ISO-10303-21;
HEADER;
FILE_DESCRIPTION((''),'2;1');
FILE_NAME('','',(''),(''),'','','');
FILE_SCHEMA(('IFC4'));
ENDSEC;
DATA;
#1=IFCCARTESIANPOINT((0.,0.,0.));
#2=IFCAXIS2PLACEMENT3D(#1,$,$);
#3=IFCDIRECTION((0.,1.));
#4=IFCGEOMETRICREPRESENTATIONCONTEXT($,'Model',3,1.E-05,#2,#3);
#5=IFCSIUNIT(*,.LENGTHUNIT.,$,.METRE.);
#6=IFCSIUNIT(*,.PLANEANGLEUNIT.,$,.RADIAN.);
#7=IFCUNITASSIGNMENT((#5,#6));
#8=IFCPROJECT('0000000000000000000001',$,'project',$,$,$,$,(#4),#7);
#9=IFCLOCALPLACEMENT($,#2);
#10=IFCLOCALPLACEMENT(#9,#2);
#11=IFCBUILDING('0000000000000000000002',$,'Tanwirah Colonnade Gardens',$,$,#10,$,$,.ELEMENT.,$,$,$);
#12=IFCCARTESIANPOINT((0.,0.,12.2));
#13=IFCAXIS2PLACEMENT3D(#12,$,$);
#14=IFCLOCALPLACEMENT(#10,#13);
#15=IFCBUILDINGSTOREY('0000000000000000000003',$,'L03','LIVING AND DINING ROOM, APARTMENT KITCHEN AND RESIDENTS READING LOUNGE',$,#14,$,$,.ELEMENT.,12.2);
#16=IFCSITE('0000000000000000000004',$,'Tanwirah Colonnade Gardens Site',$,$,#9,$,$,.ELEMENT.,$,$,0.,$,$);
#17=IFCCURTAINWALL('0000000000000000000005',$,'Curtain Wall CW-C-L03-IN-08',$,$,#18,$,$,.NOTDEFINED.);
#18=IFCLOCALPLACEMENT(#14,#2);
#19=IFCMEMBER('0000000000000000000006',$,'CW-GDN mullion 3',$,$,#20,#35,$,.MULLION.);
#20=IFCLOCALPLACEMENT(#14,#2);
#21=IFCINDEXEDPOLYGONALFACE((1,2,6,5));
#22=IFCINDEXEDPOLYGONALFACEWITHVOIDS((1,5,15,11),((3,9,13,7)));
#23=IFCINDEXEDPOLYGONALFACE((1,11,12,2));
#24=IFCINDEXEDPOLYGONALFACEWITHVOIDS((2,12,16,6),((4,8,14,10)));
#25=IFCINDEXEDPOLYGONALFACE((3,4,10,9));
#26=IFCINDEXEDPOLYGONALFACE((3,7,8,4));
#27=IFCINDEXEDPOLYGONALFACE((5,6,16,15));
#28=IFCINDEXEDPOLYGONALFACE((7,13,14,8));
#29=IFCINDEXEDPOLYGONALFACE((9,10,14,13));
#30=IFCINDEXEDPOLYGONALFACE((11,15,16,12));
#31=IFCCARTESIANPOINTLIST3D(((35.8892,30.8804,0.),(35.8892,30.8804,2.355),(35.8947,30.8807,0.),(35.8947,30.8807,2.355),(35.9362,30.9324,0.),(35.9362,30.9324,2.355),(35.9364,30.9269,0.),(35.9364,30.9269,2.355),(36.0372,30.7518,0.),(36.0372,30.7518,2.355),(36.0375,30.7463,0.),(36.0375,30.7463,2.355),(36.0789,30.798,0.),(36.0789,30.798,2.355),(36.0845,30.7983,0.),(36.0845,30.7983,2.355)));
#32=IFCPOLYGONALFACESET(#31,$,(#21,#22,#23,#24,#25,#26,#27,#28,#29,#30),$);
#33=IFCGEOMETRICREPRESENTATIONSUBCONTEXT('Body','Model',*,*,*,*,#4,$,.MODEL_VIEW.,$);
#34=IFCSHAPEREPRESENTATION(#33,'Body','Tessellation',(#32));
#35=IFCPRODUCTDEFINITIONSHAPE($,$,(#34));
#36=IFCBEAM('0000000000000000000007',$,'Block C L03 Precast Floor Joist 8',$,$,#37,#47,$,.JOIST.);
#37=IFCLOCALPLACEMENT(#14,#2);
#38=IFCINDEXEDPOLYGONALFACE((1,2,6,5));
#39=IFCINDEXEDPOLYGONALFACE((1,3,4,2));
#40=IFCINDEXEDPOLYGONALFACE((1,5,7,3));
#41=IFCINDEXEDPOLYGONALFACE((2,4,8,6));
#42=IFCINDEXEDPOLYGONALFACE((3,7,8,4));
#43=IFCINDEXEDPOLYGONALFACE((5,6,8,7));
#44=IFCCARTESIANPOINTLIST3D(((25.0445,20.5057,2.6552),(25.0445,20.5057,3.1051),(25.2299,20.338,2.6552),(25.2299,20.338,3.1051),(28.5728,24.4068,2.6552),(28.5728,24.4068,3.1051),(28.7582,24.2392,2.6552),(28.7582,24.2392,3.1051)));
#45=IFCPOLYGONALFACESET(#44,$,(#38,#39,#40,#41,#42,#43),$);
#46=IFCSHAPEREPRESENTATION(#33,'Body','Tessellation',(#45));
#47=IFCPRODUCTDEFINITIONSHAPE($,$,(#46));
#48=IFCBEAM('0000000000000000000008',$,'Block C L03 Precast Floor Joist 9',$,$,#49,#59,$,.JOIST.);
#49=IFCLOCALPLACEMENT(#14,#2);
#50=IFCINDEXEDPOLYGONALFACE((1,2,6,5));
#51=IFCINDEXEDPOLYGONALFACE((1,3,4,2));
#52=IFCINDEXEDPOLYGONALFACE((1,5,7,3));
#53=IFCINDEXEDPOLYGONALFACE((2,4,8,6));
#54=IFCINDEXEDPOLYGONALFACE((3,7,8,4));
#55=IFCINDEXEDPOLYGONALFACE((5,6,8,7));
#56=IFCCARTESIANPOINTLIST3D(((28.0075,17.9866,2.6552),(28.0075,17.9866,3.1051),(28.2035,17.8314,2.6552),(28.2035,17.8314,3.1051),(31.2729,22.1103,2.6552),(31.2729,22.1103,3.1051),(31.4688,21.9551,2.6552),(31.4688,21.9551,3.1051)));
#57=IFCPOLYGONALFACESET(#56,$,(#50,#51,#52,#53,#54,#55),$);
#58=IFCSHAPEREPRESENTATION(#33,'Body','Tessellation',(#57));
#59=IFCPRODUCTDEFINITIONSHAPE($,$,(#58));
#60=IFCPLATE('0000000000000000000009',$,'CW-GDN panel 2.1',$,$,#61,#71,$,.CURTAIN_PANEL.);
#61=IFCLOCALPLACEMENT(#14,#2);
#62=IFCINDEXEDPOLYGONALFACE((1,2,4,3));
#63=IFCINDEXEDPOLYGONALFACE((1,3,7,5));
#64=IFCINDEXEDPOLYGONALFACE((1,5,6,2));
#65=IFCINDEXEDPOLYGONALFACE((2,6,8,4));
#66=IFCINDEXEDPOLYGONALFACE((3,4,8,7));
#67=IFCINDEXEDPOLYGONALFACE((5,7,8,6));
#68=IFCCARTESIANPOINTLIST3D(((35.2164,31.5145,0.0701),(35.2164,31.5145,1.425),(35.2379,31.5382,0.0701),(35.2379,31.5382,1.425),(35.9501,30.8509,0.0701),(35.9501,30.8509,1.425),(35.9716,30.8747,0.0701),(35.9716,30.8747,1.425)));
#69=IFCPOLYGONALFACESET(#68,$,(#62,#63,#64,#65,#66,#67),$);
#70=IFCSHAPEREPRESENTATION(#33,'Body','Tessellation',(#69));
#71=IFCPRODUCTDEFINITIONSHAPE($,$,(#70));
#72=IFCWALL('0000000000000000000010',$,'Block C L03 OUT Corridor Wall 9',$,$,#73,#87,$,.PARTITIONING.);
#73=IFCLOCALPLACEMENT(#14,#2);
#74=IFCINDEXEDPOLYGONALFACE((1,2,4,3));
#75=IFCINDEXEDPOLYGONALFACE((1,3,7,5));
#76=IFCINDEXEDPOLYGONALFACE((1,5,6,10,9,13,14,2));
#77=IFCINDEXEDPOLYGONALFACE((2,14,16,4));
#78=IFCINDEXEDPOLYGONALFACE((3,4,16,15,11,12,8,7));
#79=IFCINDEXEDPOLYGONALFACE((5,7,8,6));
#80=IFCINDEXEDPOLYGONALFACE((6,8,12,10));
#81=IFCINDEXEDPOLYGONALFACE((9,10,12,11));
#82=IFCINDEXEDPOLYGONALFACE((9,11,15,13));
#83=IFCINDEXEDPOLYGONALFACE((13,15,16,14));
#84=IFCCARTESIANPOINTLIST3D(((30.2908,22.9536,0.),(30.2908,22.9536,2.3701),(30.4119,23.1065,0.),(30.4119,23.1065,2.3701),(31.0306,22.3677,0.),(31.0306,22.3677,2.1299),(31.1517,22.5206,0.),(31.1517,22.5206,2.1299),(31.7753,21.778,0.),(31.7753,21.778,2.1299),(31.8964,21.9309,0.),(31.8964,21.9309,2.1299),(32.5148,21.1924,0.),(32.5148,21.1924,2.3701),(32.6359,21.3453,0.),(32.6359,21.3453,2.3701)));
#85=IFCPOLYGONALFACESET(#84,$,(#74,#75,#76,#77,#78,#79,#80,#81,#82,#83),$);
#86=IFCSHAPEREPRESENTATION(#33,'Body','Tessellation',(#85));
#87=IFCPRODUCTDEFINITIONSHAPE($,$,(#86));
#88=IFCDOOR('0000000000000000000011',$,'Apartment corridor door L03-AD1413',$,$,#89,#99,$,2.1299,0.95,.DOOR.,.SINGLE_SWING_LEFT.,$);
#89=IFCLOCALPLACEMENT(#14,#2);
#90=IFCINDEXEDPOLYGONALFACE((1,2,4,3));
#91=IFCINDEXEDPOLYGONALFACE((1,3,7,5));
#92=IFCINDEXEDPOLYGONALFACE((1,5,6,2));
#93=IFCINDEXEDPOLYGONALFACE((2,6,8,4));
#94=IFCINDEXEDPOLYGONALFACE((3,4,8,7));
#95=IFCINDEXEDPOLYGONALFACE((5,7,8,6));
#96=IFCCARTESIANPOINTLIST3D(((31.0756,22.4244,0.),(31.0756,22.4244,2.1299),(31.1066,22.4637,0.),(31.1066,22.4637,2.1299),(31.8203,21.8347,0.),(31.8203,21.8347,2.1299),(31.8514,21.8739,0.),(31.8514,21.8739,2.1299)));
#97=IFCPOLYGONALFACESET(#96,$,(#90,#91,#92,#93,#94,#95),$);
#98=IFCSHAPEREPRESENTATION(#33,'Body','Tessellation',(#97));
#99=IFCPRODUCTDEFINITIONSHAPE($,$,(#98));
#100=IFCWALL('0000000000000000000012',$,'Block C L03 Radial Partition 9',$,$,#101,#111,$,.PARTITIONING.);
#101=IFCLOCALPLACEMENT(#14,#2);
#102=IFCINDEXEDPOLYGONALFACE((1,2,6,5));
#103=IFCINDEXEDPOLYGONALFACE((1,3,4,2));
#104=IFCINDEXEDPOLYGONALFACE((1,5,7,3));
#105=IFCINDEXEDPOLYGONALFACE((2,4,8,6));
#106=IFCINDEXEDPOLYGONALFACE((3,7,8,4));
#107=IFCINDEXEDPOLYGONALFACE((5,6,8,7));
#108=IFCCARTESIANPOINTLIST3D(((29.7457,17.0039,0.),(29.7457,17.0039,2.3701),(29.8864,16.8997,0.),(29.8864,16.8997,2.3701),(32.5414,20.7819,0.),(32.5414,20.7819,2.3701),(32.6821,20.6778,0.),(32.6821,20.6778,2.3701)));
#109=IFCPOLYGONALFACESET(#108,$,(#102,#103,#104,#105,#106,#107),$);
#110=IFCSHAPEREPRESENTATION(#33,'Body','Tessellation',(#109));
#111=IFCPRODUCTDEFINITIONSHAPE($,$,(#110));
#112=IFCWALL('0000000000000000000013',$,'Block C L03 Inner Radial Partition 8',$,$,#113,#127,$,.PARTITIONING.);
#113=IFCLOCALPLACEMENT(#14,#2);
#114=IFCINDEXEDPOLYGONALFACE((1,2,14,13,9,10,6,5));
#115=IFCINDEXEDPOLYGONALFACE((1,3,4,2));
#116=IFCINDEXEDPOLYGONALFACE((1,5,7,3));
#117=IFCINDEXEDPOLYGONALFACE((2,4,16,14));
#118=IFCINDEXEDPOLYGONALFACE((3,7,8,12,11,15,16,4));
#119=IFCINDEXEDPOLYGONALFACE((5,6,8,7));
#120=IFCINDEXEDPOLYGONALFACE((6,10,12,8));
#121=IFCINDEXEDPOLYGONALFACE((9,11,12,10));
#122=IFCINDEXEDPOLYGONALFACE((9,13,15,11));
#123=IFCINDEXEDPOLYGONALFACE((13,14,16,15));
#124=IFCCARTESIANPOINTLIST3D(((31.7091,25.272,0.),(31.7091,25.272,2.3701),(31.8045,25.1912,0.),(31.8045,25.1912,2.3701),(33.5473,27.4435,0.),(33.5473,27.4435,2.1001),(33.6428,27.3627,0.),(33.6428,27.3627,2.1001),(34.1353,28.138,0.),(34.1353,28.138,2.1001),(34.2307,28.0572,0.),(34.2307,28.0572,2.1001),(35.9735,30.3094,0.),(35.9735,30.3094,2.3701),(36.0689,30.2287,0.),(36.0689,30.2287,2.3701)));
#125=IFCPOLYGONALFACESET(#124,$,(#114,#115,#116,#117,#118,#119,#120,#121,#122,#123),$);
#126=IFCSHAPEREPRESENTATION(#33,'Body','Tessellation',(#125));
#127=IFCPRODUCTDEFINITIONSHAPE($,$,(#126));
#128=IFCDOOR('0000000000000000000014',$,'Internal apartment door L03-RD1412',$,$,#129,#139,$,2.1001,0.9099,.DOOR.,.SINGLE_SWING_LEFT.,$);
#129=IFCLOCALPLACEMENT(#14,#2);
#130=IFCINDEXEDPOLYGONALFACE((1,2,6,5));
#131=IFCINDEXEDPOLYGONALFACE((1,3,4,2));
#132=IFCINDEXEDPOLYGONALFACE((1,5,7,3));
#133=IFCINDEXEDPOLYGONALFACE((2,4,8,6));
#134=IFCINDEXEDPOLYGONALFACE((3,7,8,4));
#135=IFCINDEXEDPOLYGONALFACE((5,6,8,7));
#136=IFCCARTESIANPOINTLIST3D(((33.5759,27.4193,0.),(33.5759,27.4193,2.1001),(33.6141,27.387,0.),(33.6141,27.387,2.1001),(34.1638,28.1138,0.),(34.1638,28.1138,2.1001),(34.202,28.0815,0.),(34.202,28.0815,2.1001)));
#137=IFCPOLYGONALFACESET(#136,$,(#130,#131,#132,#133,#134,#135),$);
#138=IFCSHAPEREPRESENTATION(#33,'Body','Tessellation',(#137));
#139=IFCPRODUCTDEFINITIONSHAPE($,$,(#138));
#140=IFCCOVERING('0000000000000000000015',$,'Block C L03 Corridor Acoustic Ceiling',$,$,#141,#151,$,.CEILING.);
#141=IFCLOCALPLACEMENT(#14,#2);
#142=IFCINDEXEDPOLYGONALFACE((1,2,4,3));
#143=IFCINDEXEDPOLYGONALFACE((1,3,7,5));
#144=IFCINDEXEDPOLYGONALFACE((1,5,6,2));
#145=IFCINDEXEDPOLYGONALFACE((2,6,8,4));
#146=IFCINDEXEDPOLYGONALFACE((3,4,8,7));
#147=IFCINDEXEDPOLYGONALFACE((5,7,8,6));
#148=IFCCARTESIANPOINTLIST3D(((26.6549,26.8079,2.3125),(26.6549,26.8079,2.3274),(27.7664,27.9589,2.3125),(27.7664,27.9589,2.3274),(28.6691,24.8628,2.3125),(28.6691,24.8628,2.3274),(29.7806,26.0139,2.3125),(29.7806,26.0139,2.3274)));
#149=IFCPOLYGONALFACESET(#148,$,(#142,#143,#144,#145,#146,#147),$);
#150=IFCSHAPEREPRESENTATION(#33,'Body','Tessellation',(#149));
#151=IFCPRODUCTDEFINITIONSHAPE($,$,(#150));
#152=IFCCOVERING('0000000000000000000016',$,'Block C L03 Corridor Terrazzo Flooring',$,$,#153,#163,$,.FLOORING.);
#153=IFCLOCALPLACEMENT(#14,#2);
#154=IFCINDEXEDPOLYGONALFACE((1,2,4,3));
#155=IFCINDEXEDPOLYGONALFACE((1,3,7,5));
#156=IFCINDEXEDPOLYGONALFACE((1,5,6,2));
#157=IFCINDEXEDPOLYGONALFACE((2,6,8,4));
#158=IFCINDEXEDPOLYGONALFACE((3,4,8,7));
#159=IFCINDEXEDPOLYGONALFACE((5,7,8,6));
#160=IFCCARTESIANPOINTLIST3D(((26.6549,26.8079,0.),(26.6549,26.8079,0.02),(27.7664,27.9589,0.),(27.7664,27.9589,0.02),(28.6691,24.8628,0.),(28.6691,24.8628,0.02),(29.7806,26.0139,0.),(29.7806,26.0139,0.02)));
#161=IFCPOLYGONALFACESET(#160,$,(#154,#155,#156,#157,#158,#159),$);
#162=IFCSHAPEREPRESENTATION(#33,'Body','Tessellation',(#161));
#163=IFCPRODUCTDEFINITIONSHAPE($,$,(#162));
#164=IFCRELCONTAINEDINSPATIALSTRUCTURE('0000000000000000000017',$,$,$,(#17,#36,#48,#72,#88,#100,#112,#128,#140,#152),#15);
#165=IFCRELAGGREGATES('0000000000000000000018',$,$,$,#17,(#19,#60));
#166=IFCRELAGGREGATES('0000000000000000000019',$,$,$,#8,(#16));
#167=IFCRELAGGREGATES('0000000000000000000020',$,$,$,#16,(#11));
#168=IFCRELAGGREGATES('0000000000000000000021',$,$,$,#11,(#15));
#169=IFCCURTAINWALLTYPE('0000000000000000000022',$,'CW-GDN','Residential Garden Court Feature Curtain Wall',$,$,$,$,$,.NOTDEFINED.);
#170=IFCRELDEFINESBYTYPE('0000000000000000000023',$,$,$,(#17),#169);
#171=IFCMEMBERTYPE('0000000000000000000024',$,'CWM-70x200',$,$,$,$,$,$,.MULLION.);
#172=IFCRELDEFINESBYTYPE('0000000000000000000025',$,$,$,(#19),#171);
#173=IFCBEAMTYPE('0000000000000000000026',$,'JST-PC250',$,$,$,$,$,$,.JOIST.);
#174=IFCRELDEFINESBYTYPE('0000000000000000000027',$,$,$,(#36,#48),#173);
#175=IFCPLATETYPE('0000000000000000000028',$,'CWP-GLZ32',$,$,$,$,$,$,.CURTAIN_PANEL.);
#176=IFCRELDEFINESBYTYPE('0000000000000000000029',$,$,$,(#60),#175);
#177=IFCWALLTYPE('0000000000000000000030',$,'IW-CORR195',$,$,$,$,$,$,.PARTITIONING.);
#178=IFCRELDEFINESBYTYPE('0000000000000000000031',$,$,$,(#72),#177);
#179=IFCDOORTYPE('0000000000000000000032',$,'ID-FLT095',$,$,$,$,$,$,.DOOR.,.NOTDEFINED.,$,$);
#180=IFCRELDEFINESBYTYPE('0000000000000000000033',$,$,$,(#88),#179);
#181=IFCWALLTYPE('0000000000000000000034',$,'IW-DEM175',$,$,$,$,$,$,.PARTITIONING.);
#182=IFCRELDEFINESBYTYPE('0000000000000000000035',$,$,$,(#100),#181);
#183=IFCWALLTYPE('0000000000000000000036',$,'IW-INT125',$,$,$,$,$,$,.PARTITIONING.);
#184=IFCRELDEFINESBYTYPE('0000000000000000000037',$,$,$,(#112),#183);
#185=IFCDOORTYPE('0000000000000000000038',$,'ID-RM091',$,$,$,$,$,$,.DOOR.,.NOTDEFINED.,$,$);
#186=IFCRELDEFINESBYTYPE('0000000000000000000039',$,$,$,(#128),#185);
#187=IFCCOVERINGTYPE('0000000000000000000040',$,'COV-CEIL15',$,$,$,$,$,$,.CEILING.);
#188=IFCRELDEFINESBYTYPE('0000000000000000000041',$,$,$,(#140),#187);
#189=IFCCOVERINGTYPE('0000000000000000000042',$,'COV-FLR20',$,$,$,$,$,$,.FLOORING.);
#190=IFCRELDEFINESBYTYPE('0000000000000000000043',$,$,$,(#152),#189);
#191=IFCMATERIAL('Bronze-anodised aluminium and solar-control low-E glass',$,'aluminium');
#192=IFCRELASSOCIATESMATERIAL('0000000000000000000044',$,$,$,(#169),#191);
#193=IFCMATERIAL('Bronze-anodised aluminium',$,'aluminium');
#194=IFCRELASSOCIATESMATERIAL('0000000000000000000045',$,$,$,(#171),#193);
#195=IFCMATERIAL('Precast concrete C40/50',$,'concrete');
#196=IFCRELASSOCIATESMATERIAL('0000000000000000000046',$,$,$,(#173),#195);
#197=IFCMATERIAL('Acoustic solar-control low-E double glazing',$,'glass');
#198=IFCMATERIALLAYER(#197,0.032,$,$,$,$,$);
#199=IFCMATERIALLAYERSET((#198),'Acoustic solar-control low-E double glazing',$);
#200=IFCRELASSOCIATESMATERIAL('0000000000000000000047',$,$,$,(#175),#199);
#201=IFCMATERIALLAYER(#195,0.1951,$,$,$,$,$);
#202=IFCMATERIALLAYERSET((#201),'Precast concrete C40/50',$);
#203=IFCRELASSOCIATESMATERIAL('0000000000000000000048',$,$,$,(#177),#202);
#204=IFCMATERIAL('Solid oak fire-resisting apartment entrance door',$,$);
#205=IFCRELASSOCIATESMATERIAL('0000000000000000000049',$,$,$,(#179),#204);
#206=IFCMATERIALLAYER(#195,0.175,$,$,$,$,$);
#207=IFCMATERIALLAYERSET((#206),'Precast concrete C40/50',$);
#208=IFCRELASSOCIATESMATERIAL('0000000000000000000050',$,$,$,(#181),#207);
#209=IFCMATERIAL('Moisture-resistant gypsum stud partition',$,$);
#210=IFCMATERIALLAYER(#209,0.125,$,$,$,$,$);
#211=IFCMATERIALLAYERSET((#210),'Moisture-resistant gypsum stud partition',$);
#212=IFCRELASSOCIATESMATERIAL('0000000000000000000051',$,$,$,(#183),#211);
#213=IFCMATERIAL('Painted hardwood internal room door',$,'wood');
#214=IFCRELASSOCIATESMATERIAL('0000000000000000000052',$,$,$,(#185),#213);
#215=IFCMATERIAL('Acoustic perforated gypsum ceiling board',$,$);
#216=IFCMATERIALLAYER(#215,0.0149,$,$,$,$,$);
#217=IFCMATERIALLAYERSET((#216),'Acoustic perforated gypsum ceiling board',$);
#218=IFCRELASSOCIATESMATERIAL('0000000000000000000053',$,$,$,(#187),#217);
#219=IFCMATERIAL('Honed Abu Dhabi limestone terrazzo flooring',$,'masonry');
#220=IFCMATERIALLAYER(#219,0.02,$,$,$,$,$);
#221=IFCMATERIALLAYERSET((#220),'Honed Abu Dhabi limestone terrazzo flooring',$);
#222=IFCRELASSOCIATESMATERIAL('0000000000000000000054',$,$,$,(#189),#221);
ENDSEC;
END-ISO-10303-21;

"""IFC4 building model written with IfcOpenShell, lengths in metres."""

from ifc_helpers import new_model, si_unit, direction, frame, frame_2d, origin, origin_2d, place, context, subcontext, project, spatial, rectangle, hollow_rectangle, extrude, material, layer, layer_set, material_profile, profile_set, type_object, element, fill, aggregate, save


model = new_model("IFC4")

# Units and contexts
model_context = context("Model", 3, precision=1e-05, world=origin(), true_north=direction((0.0, 1.0)))
body_context = subcontext(model_context, "Body", "Model", "MODEL_VIEW")
ifc_project = project(units=[si_unit("LENGTHUNIT", "METRE"), si_unit("PLANEANGLEUNIT", "RADIAN")], contexts=[model_context])

# Site, building, storey
site_placement = place(None, origin())
site = spatial("IfcSite", under=ifc_project, at=site_placement, Name="Tanwirah Colonnade Gardens Site", CompositionType="ELEMENT", RefElevation=0.0)
building_placement = place(site_placement, origin())
building = spatial("IfcBuilding", under=site, at=building_placement, Name="Tanwirah Colonnade Gardens", CompositionType="ELEMENT")
storey_placement = place(building_placement, frame((0.0, 0.0, 12.2)))
storey = spatial("IfcBuildingStorey", under=building, at=storey_placement, Name="L03", Description="LIVING AND DINING ROOM, APARTMENT KITCHEN AND RESIDENTS READING LOUNGE", CompositionType="ELEMENT", Elevation=12.2)

# Shared definitions
ifc_material_1 = material(Name="Precast concrete C40/50", Category="concrete")

# Curtain wall, member
ifc_material_2 = material(Name="Bronze-anodised aluminium and solar-control low-E glass", Category="aluminium")
curtain_wall_type = type_object("IfcCurtainWallType", Name="CW-GDN", Description="Residential Garden Court Feature Curtain Wall", PredefinedType="NOTDEFINED", material=ifc_material_2)
curtain_wall_placement = place(storey_placement, origin())
curtain_wall = element("IfcCurtainWall", 1, at=curtain_wall_placement, inside=storey, type_object=curtain_wall_type, Name="Curtain Wall CW-C-L03-IN-08", PredefinedType="NOTDEFINED")
ifc_material_3 = material(Name="Bronze-anodised aluminium", Category="aluminium")
ifc_material_profile_1 = material_profile(ifc_material_3, hollow_rectangle(XDim=0.0701, YDim=0.2, WallThickness=0.0039, at=origin_2d()), Name="CW-MUL 70x200x4")
ifc_profile_set_1 = profile_set([ifc_material_profile_1], Name="Bronze-anodised aluminium")
member_type = type_object("IfcMemberType", Name="CWM-70x200", PredefinedType="MULLION", material=ifc_profile_set_1)
member_placement = place(storey_placement, frame((35.9868, 30.8394, 0.0), z_axis=(0.0, 0.0, 1.0), x_axis=(0.670751, 0.741683, 0.0)))
member = element("IfcMember", 2, at=member_placement, type_object=member_type, Name="CW-GDN mullion 3", PredefinedType="MULLION", context=body_context, shape_type="SweptSolid", body=[
    extrude(hollow_rectangle(XDim=0.0701, YDim=0.2, WallThickness=0.0039, at=origin_2d()), origin(), (0.0, 0.0, 1.0), 2.355),
])

# Beams
ifc_material_profile_2 = material_profile(ifc_material_1, rectangle(XDim=0.25, YDim=0.45, at=origin_2d()), Name="PC-JST 250x450")
ifc_profile_set_2 = profile_set([ifc_material_profile_2], Name="Precast concrete C40/50")
beam_type_1 = type_object("IfcBeamType", Name="JST-PC250", PredefinedType="JOIST", material=ifc_profile_set_2)
for number, where, z_axis, x_axis, name in (
    (3, (28.6655, 24.323, 2.8801), (-0.670781, -0.741656, 0.0), (0.741656, -0.670781, 0.0), "Block C L03 Precast Floor Joist 8"),
    (4, (31.3708, 22.0327, 2.8801), (-0.620787, -0.783979, 0.0), (0.783979, -0.620787, 0.0), "Block C L03 Precast Floor Joist 9"),
):
    element("IfcBeam", number, at=place(storey_placement, frame(where, z_axis=z_axis, x_axis=x_axis)), inside=storey, type_object=beam_type_1, Name=name, PredefinedType="JOIST", context=body_context, shape_type="SweptSolid", body=[
        extrude(rectangle(XDim=0.25, YDim=0.45, at=origin_2d()), origin(), (0.0, 0.0, 1.0), 5.26),
    ])

# Plate
ifc_material_4 = material(Name="Acoustic solar-control low-E double glazing", Category="glass")
ifc_layer_1 = layer(ifc_material_4, 0.032)
ifc_layer_set_1 = layer_set([ifc_layer_1], Name="Acoustic solar-control low-E double glazing")
plate_type = type_object("IfcPlateType", Name="CWP-GLZ32", PredefinedType="CURTAIN_PANEL", material=ifc_layer_set_1)
plate_placement = place(storey_placement, frame((35.594, 31.1946, 0.0701), z_axis=(0.0, 0.0, 1.0), x_axis=(0.741683, -0.670751, 0.0)))
plate = element("IfcPlate", 5, at=plate_placement, type_object=plate_type, Name="CW-GDN panel 2.1", PredefinedType="CURTAIN_PANEL", context=body_context, shape_type="SweptSolid", body=[
    extrude(rectangle(XDim=0.9893, YDim=0.032, at=origin_2d()), origin(), (0.0, 0.0, 1.0), 1.355),
])
aggregate(curtain_wall, [member, plate])

# Wall, opening, door
ifc_layer_2 = layer(ifc_material_1, 0.1951)
ifc_layer_set_2 = layer_set([ifc_layer_2], Name="Precast concrete C40/50")
wall_type_1 = type_object("IfcWallType", Name="IW-CORR195", PredefinedType="PARTITIONING", material=ifc_layer_set_2)
ifc_material_5 = material(Name="Solid oak fire-resisting apartment entrance door")
wall_1_placement = place(storey_placement, frame((30.3513, 23.03, 0.0), z_axis=(0.0, 0.0, 1.0), x_axis=(0.783966, -0.620804, 0.0)))
wall_1 = element("IfcWall", 6, at=wall_1_placement, inside=storey, type_object=wall_type_1, Name="Block C L03 OUT Corridor Wall 9", PredefinedType="PARTITIONING", context=body_context, shape_type="SweptSolid", body=[
    extrude(rectangle(XDim=2.8369, YDim=0.1951, at=frame_2d((1.4185, 0.0))), origin(), (0.0, 0.0, 1.0), 2.3701),
])
opening_1_placement = place(wall_1_placement, frame((0.9436, 0.0, 0.0)))
opening_1 = element("IfcOpeningElement", 7, at=opening_1_placement, cuts=wall_1, PredefinedType="OPENING", context=body_context, shape_type="SweptSolid", body=[
    extrude(rectangle(XDim=0.95, YDim=2.1299, at=frame_2d((0.4751, 1.0649))), frame((0.0, 0.1074, 0.0), z_axis=(0.0, -1.0, 0.0), x_axis=(1.0, 0.0, 0.0)), (0.0, 0.0, 1.0), 0.2151),
])
door_type_1 = type_object("IfcDoorType", Name="ID-FLT095", OperationType="NOTDEFINED", PredefinedType="DOOR", material=ifc_material_5)
door_1_placement = place(opening_1_placement, origin())
door_1 = element("IfcDoor", 8, at=door_1_placement, inside=storey, type_object=door_type_1, Name="Apartment corridor door L03-AD1413", OperationType="SINGLE_SWING_LEFT", OverallHeight=2.1299, OverallWidth=0.95, PredefinedType="DOOR", context=body_context, shape_type="SweptSolid", body=[
    extrude(rectangle(XDim=0.95, YDim=2.1299, at=frame_2d((0.4751, 1.0649))), frame((0.0, 0.0249, 0.0), z_axis=(0.0, -1.0, 0.0), x_axis=(1.0, 0.0, 0.0)), (0.0, 0.0, 1.0), 0.05),
])
fill(opening_1, door_1)

# Wall
ifc_layer_3 = layer(ifc_material_1, 0.175)
ifc_layer_set_3 = layer_set([ifc_layer_3], Name="Precast concrete C40/50")
wall_type_2 = type_object("IfcWallType", Name="IW-DEM175", PredefinedType="PARTITIONING", material=ifc_layer_set_3)
wall_2_placement = place(storey_placement, frame((32.6118, 20.73, 0.0), z_axis=(0.0, 0.0, 1.0), x_axis=(-0.594826, -0.803854, 0.0)))
element("IfcWall", 9, at=wall_2_placement, inside=storey, type_object=wall_type_2, Name="Block C L03 Radial Partition 9", PredefinedType="PARTITIONING", context=body_context, shape_type="SweptSolid", body=[
    extrude(rectangle(XDim=4.7, YDim=0.175, at=frame_2d((2.3501, 0.0))), origin(), (0.0, 0.0, 1.0), 2.3701),
])

# Wall, opening, door
ifc_material_6 = material(Name="Moisture-resistant gypsum stud partition")
ifc_layer_4 = layer(ifc_material_6, 0.125)
ifc_layer_set_4 = layer_set([ifc_layer_4], Name="Moisture-resistant gypsum stud partition")
wall_type_3 = type_object("IfcWallType", Name="IW-INT125", PredefinedType="PARTITIONING", material=ifc_layer_set_4)
wall_3_placement = place(storey_placement, frame((36.0212, 30.269, 0.0), z_axis=(0.0, 0.0, 1.0), x_axis=(-0.646121, -0.763235, 0.0)))
wall_3 = element("IfcWall", 10, at=wall_3_placement, inside=storey, type_object=wall_type_3, Name="Block C L03 Inner Radial Partition 8", PredefinedType="PARTITIONING", context=body_context, shape_type="SweptSolid", body=[
    extrude(rectangle(XDim=6.6001, YDim=0.125, at=frame_2d((3.3, 0.0))), origin(), (0.0, 0.0, 1.0), 2.3701),
])
opening_2_placement = place(wall_3_placement, frame((2.845, 0.0, 0.0)))
opening_2 = element("IfcOpeningElement", 11, at=opening_2_placement, cuts=wall_3, PredefinedType="OPENING", context=body_context, shape_type="SweptSolid", body=[
    extrude(rectangle(XDim=0.9099, YDim=2.1001, at=frame_2d((0.4551, 1.05))), frame((0.0, 0.0725, 0.0), z_axis=(0.0, -1.0, 0.0), x_axis=(1.0, 0.0, 0.0)), (0.0, 0.0, 1.0), 0.145),
])
ifc_material_7 = material(Name="Painted hardwood internal room door", Category="wood")
door_type_2 = type_object("IfcDoorType", Name="ID-RM091", OperationType="NOTDEFINED", PredefinedType="DOOR", material=ifc_material_7)
door_2_placement = place(opening_2_placement, origin())
door_2 = element("IfcDoor", 12, at=door_2_placement, inside=storey, type_object=door_type_2, Name="Internal apartment door L03-RD1412", OperationType="SINGLE_SWING_LEFT", OverallHeight=2.1001, OverallWidth=0.9099, PredefinedType="DOOR", context=body_context, shape_type="SweptSolid", body=[
    extrude(rectangle(XDim=0.9099, YDim=2.1001, at=frame_2d((0.4551, 1.05))), frame((0.0, 0.0249, 0.0), z_axis=(0.0, -1.0, 0.0), x_axis=(1.0, 0.0, 0.0)), (0.0, 0.0, 1.0), 0.05),
])
fill(opening_2, door_2)

# Coverings
ifc_material_8 = material(Name="Acoustic perforated gypsum ceiling board")
ifc_layer_5 = layer(ifc_material_8, 0.0149)
ifc_layer_set_5 = layer_set([ifc_layer_5], Name="Acoustic perforated gypsum ceiling board")
covering_type_1 = type_object("IfcCoveringType", Name="COV-CEIL15", PredefinedType="CEILING", material=ifc_layer_set_5)
covering_1_placement = place(storey_placement, frame((28.2178, 26.4109, 2.3125), z_axis=(0.0, 0.0, 1.0), x_axis=(0.71934, -0.694658, 0.0)))
element("IfcCovering", 13, at=covering_1_placement, inside=storey, type_object=covering_type_1, Name="Block C L03 Corridor Acoustic Ceiling", PredefinedType="CEILING", context=body_context, shape_type="SweptSolid", body=[
    extrude(rectangle(XDim=2.8, YDim=1.6001, at=origin_2d()), origin(), (0.0, 0.0, 1.0), 0.0149),
])
ifc_material_9 = material(Name="Honed Abu Dhabi limestone terrazzo flooring", Category="masonry")
ifc_layer_6 = layer(ifc_material_9, 0.02)
ifc_layer_set_6 = layer_set([ifc_layer_6], Name="Honed Abu Dhabi limestone terrazzo flooring")
covering_type_2 = type_object("IfcCoveringType", Name="COV-FLR20", PredefinedType="FLOORING", material=ifc_layer_set_6)
covering_2_placement = place(storey_placement, frame((28.2178, 26.4109, 0.0), z_axis=(0.0, 0.0, 1.0), x_axis=(0.71934, -0.694658, 0.0)))
element("IfcCovering", 14, at=covering_2_placement, inside=storey, type_object=covering_type_2, Name="Block C L03 Corridor Terrazzo Flooring", PredefinedType="FLOORING", context=body_context, shape_type="SweptSolid", body=[
    extrude(rectangle(XDim=2.8, YDim=1.6001, at=origin_2d()), origin(), (0.0, 0.0, 1.0), 0.02),
])

save(model, "model.ifc")
